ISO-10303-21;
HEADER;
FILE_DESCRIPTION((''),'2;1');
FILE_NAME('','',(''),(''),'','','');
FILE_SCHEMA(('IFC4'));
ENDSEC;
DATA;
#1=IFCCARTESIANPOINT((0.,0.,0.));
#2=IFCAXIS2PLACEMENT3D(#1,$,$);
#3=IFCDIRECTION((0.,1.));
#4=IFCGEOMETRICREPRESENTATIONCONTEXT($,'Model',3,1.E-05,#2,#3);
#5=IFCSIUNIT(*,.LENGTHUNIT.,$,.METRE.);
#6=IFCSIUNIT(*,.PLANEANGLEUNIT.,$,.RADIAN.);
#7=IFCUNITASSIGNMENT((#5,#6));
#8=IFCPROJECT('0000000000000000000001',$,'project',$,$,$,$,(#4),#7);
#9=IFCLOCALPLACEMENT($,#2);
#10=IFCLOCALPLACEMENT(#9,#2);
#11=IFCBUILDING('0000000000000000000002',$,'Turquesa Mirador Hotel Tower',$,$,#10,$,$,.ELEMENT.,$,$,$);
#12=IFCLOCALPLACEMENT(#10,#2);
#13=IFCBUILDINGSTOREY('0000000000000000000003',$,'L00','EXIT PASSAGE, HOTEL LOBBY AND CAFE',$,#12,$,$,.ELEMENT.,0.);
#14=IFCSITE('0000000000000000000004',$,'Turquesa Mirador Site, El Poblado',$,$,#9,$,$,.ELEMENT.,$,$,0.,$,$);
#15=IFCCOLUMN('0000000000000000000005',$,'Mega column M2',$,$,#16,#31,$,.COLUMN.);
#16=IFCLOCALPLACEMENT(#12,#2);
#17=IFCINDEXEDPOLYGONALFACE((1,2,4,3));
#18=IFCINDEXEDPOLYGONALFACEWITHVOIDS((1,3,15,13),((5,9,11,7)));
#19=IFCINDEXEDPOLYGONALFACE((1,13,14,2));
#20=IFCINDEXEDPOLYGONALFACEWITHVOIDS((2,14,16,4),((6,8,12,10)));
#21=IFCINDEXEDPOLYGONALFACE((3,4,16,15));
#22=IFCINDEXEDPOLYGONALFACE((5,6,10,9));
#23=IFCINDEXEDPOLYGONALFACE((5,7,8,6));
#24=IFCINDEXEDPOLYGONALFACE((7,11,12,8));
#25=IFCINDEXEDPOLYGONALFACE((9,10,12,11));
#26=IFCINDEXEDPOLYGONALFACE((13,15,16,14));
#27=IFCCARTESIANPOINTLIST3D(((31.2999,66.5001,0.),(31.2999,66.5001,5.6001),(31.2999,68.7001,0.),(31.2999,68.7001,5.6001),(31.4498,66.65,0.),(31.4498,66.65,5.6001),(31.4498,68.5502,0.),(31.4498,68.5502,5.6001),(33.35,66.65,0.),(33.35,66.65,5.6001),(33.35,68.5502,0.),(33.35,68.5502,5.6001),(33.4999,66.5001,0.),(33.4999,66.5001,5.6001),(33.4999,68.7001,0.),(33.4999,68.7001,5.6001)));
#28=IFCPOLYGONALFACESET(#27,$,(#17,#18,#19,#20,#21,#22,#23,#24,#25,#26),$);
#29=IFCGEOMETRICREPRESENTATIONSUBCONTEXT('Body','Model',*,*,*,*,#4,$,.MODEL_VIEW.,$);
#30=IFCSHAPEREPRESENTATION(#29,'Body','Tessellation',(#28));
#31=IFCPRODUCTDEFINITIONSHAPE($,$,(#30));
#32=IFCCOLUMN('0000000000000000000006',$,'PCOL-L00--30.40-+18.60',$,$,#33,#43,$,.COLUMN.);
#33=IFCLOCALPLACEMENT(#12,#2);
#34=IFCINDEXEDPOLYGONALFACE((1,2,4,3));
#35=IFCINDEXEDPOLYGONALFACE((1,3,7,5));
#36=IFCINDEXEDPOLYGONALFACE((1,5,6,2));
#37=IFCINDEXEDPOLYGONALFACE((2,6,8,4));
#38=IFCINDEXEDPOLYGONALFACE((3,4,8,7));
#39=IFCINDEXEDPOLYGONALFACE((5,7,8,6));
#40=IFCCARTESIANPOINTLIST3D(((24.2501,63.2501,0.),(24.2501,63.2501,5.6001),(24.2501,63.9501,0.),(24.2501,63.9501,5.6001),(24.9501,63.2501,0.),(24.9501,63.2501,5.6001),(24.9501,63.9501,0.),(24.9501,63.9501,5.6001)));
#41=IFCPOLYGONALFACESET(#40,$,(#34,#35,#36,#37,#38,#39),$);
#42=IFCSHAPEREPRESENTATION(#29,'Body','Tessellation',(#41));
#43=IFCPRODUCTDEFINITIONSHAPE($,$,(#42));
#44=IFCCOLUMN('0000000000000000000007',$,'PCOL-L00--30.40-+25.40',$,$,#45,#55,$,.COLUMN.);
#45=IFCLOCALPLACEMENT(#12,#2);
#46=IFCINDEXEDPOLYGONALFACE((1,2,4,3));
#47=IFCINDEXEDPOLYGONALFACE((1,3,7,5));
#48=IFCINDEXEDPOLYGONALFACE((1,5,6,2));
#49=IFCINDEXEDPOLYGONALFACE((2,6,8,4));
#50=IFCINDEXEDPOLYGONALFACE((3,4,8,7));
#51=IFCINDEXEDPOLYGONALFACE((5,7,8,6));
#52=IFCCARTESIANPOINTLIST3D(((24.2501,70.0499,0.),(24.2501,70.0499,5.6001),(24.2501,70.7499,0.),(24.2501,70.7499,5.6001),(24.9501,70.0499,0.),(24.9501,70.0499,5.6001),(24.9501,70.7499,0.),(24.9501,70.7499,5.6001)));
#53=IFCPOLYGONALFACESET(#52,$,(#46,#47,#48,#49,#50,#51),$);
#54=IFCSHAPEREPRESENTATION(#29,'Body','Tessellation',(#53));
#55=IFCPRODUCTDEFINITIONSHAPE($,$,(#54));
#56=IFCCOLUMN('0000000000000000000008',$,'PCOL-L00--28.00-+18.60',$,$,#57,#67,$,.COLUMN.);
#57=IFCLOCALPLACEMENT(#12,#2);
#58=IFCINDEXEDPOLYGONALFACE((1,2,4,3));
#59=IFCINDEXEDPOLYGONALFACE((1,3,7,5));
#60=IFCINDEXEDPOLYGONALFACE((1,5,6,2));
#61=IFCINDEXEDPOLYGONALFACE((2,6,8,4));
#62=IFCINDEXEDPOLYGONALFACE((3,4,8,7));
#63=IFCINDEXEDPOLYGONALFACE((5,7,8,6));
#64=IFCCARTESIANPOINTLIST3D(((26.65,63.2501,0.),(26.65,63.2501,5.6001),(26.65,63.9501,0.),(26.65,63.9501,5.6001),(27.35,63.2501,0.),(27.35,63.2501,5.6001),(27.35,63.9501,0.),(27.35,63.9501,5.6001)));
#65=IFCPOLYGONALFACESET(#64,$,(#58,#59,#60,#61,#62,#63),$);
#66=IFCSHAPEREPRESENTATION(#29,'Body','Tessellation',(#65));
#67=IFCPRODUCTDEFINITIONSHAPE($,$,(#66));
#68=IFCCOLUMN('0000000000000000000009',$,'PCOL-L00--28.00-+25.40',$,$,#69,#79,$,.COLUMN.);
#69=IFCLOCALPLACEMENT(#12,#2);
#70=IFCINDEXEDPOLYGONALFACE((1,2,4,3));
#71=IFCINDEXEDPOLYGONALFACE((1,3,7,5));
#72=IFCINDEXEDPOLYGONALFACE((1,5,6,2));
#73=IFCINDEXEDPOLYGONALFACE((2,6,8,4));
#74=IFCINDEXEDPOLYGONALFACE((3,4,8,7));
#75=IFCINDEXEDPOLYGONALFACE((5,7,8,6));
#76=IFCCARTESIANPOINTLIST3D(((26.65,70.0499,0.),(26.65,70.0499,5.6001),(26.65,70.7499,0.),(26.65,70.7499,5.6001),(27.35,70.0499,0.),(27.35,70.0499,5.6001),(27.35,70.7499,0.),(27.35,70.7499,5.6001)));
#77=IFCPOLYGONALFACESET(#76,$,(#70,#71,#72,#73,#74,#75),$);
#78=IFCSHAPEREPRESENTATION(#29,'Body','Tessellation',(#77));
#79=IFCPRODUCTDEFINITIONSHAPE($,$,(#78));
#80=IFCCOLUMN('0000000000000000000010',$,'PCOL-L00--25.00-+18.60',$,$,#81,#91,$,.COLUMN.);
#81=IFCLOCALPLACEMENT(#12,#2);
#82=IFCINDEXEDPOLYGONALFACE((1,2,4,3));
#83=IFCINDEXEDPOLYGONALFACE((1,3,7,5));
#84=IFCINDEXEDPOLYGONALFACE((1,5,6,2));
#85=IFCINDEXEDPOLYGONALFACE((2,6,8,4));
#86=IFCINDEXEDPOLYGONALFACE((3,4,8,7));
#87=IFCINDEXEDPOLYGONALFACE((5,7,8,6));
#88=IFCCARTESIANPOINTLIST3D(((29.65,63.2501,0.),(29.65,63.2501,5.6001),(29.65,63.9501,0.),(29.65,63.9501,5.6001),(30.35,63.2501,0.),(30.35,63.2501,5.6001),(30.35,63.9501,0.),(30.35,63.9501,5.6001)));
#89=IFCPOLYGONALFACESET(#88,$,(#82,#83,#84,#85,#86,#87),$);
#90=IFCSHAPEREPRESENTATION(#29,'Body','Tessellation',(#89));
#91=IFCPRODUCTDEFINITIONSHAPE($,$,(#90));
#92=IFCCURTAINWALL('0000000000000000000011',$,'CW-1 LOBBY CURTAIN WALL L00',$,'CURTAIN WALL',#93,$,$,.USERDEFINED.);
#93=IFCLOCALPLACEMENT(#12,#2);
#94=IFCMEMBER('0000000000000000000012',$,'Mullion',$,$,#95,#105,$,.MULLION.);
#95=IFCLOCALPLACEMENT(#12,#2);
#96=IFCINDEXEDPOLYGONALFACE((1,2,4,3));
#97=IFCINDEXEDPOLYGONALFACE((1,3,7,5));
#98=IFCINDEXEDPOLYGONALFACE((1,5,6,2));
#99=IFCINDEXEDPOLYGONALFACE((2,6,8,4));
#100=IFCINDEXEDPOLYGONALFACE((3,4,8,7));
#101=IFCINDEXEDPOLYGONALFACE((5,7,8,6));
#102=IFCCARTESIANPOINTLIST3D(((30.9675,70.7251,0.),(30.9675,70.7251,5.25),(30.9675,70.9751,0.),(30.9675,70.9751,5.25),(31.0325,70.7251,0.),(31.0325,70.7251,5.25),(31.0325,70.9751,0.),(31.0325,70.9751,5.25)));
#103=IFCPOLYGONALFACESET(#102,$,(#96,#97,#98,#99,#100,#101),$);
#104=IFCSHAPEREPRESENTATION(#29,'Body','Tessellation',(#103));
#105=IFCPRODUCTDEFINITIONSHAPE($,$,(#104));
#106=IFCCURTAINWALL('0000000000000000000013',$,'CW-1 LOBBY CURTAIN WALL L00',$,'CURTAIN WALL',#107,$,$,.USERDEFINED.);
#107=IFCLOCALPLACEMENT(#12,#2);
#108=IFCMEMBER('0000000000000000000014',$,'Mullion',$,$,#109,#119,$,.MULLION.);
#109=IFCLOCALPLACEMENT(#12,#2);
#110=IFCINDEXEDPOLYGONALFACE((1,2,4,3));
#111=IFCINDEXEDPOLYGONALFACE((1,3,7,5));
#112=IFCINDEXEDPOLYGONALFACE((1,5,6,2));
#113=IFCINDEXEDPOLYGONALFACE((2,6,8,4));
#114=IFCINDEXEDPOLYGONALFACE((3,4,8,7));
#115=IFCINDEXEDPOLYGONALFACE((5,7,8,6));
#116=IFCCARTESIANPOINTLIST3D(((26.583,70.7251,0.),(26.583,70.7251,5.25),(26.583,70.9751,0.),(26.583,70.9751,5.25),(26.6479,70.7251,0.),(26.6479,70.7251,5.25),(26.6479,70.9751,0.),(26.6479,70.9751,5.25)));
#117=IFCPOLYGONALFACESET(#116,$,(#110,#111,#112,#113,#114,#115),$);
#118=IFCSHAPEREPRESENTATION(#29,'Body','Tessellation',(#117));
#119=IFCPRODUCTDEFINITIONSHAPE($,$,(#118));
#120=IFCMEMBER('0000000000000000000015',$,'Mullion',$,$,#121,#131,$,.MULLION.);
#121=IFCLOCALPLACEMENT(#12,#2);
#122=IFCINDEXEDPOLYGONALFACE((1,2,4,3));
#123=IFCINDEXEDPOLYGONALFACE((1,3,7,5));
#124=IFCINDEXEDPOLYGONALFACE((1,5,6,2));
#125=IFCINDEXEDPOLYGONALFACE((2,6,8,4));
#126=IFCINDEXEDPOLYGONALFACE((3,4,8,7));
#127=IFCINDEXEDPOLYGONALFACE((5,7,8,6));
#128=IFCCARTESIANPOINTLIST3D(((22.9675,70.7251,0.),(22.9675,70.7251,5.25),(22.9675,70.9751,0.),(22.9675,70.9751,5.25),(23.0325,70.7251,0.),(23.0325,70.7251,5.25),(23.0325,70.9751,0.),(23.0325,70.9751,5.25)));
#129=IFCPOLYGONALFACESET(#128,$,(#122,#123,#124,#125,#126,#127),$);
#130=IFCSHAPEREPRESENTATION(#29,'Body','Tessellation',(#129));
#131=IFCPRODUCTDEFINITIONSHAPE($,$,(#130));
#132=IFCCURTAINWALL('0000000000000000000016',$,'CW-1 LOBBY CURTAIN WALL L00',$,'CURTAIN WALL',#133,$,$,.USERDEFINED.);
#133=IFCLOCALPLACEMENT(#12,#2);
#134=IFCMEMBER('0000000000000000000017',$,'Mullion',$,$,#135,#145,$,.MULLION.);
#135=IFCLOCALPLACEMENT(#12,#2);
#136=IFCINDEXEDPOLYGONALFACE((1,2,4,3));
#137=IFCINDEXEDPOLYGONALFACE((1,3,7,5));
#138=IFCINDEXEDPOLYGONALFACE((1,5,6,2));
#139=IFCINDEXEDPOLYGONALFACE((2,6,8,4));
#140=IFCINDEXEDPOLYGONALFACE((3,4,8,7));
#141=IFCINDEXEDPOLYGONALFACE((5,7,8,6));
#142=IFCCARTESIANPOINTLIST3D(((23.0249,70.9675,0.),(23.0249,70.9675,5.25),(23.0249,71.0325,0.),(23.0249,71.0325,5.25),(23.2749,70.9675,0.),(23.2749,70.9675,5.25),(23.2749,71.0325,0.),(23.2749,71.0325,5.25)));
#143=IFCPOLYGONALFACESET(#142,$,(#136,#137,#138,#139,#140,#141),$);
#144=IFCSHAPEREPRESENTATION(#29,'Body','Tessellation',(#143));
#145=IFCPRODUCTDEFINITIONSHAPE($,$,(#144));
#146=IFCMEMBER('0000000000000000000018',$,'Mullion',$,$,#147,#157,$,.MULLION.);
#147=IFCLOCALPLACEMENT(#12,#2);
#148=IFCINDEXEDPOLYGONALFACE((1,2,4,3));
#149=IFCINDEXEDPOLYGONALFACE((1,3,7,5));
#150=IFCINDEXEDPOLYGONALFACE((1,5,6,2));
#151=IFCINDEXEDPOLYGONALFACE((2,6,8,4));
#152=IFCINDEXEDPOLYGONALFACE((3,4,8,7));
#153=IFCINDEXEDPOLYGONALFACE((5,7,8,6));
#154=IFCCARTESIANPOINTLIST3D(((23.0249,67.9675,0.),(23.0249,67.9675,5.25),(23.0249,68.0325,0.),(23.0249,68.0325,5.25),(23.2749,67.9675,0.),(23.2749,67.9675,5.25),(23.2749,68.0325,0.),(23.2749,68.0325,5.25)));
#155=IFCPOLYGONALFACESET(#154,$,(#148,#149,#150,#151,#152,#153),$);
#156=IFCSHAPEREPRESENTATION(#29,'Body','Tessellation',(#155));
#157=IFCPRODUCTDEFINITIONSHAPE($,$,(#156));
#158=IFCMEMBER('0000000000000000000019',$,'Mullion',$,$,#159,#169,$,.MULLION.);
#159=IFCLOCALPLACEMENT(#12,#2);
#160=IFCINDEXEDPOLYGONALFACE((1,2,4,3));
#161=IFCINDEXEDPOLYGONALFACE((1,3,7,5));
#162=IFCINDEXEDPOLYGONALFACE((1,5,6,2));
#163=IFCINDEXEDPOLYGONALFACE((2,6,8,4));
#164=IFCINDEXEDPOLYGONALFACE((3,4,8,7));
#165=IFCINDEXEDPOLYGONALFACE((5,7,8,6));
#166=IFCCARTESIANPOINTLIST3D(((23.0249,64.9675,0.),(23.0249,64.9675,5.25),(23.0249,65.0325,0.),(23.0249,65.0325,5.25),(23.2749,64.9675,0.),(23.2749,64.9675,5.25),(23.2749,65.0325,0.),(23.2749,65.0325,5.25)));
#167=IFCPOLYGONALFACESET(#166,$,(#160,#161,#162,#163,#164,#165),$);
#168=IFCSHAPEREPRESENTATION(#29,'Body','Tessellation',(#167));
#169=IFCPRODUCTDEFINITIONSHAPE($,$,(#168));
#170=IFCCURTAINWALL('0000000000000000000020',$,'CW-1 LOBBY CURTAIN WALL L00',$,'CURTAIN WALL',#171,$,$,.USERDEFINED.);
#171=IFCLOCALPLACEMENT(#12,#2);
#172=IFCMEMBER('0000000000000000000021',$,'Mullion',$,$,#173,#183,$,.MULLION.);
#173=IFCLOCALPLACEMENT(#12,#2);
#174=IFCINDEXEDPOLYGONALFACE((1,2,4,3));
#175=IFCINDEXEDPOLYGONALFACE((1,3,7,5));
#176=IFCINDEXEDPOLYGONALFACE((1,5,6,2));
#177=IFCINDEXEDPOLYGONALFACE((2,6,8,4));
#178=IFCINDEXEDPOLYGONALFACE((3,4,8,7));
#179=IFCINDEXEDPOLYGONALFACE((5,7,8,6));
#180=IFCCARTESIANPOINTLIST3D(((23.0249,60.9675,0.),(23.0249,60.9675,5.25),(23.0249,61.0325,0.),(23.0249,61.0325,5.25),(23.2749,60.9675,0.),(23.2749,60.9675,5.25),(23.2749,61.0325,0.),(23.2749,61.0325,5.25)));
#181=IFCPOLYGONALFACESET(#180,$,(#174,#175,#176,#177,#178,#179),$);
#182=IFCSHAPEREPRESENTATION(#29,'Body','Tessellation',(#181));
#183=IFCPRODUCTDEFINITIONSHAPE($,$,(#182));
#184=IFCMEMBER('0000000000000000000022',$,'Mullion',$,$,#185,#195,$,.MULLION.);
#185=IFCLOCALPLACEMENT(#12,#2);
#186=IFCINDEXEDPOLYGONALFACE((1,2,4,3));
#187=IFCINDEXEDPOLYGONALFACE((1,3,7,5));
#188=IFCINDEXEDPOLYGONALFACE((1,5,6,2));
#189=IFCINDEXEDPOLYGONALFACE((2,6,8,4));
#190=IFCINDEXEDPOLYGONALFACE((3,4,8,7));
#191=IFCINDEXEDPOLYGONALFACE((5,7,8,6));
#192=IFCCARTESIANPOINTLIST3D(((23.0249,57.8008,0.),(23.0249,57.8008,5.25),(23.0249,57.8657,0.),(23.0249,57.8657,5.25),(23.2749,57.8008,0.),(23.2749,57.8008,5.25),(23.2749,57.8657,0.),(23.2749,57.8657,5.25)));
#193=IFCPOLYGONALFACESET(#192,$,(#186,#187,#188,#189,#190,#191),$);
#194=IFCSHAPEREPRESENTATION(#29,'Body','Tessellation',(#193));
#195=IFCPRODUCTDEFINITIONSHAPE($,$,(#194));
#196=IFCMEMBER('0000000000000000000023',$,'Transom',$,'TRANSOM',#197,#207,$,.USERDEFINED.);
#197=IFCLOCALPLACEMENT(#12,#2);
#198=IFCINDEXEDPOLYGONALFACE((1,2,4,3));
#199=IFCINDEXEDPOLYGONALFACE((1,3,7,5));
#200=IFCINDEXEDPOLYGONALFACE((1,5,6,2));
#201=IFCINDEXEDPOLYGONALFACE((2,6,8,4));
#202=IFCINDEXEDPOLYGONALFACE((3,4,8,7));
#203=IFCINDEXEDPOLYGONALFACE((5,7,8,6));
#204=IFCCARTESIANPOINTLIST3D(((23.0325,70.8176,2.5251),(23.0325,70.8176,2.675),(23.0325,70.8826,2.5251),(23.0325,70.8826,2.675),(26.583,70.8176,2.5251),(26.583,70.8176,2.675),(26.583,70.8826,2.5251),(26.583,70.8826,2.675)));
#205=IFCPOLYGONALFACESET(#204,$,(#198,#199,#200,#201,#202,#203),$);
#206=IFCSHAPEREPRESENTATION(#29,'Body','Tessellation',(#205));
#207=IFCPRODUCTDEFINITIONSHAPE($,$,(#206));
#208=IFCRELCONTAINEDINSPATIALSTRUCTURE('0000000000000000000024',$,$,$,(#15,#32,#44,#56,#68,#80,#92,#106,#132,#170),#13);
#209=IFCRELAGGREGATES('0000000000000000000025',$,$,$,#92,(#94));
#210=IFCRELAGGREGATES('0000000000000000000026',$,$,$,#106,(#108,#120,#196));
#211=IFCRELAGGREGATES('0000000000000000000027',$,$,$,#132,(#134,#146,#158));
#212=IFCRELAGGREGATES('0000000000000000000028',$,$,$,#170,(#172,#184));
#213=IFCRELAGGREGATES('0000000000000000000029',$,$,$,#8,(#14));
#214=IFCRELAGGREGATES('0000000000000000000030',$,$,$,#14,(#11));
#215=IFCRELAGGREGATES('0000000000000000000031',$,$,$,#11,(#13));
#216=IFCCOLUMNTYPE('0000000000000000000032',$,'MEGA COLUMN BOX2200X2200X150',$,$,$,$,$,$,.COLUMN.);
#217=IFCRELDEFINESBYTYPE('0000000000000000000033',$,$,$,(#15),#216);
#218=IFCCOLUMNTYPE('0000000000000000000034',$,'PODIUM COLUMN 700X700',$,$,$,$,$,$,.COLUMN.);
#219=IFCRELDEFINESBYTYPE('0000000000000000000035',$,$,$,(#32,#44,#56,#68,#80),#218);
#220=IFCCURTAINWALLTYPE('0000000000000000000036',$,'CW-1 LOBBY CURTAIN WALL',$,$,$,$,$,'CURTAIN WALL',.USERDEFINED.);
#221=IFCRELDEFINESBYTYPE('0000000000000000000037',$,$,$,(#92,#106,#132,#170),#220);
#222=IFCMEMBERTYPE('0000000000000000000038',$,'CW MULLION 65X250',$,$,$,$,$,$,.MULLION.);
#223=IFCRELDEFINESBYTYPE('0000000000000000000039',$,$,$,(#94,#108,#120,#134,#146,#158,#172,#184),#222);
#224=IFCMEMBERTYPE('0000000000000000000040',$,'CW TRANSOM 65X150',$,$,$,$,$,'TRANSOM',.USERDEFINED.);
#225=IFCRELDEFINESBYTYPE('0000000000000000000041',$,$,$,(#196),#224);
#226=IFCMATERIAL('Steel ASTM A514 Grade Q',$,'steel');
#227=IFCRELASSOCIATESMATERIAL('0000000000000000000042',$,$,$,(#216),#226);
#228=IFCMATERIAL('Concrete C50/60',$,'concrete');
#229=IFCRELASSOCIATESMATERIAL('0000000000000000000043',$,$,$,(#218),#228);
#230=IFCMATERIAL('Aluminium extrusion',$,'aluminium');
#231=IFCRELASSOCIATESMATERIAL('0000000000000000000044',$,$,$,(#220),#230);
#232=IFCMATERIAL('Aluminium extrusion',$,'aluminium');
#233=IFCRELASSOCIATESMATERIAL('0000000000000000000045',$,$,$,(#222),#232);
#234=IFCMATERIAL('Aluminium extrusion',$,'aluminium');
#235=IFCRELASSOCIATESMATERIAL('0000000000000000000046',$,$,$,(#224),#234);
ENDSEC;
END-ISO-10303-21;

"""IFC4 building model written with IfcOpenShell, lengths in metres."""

from ifc_helpers import new_model, si_unit, direction, frame, origin, origin_2d, place, context, subcontext, project, spatial, rectangle, hollow_rectangle, extrude, material, material_profile, profile_set, type_object, element, aggregate, save


model = new_model("IFC4")

# Units and contexts
model_context = context("Model", 3, precision=1e-05, world=origin(), true_north=direction((0.0, 1.0)))
body_context = subcontext(model_context, "Body", "Model", "MODEL_VIEW")
ifc_project = project(units=[si_unit("LENGTHUNIT", "METRE"), si_unit("PLANEANGLEUNIT", "RADIAN")], contexts=[model_context])

# Site, building, storey
site_placement = place(None, origin())
site = spatial("IfcSite", under=ifc_project, at=site_placement, Name="Turquesa Mirador Site, El Poblado", CompositionType="ELEMENT", RefElevation=0.0)
building_placement = place(site_placement, origin())
building = spatial("IfcBuilding", under=site, at=building_placement, Name="Turquesa Mirador Hotel Tower", CompositionType="ELEMENT")
storey_placement = place(building_placement, origin())
storey = spatial("IfcBuildingStorey", under=building, at=storey_placement, Name="L00", Description="EXIT PASSAGE, HOTEL LOBBY AND CAFE", CompositionType="ELEMENT", Elevation=0.0)

# Columns
ifc_material_1 = material(Name="Steel ASTM A514 Grade Q", Category="steel")
ifc_material_profile_1 = material_profile(ifc_material_1, hollow_rectangle(XDim=2.2, YDim=2.2, WallThickness=0.1499, at=origin_2d()), Name="BOX2200X2200X150")
ifc_profile_set_1 = profile_set([ifc_material_profile_1], Name="Steel ASTM A514 Grade Q")
column_type_1 = type_object("IfcColumnType", Name="MEGA COLUMN BOX2200X2200X150", PredefinedType="COLUMN", material=ifc_profile_set_1)
column_placement = place(storey_placement, frame((32.3999, 67.6001, 0.0), z_axis=(0.0, 0.0, 1.0), x_axis=(1.0, 0.0, 0.0)))
element("IfcColumn", 1, at=column_placement, inside=storey, type_object=column_type_1, Name="Mega column M2", PredefinedType="COLUMN", context=body_context, shape_type="SweptSolid", body=[
    extrude(hollow_rectangle(XDim=2.2, YDim=2.2, WallThickness=0.1499, at=origin_2d()), origin(), (0.0, 0.0, 1.0), 5.6001),
])
ifc_material_2 = material(Name="Concrete C50/60", Category="concrete")
ifc_material_profile_2 = material_profile(ifc_material_2, rectangle(XDim=0.7, YDim=0.7, at=origin_2d()), Name="RC 700X700")
ifc_profile_set_2 = profile_set([ifc_material_profile_2], Name="Concrete C50/60")
column_type_2 = type_object("IfcColumnType", Name="PODIUM COLUMN 700X700", PredefinedType="COLUMN", material=ifc_profile_set_2)
for number, where, z_axis, x_axis, name in (
    (2, (24.6001, 63.6001, 0.0), (0.0, 0.0, 1.0), (1.0, 0.0, 0.0), "PCOL-L00--30.40-+18.60"),
    (3, (24.6001, 70.3999, 0.0), (0.0, 0.0, 1.0), (1.0, 0.0, 0.0), "PCOL-L00--30.40-+25.40"),
    (4, (27.0, 63.6001, 0.0), (0.0, 0.0, 1.0), (1.0, 0.0, 0.0), "PCOL-L00--28.00-+18.60"),
    (5, (27.0, 70.3999, 0.0), (0.0, 0.0, 1.0), (1.0, 0.0, 0.0), "PCOL-L00--28.00-+25.40"),
    (6, (30.0, 63.6001, 0.0), (0.0, 0.0, 1.0), (1.0, 0.0, 0.0), "PCOL-L00--25.00-+18.60"),
):
    element("IfcColumn", number, at=place(storey_placement, frame(where, z_axis=z_axis, x_axis=x_axis)), inside=storey, type_object=column_type_2, Name=name, PredefinedType="COLUMN", context=body_context, shape_type="SweptSolid", body=[
        extrude(rectangle(XDim=0.7, YDim=0.7, at=origin_2d()), origin(), (0.0, 0.0, 1.0), 5.6001),
    ])

# Curtain wall, member
ifc_material_3 = material(Name="Aluminium extrusion", Category="aluminium")
curtain_wall_type = type_object("IfcCurtainWallType", Name="CW-1 LOBBY CURTAIN WALL", ElementType="CURTAIN WALL", PredefinedType="USERDEFINED", material=ifc_material_3)
curtain_wall_1_placement = place(storey_placement, origin())
curtain_wall_1 = element("IfcCurtainWall", 7, at=curtain_wall_1_placement, inside=storey, type_object=curtain_wall_type, Name="CW-1 LOBBY CURTAIN WALL L00", ObjectType="CURTAIN WALL", PredefinedType="USERDEFINED")
ifc_material_4 = material(Name="Aluminium extrusion", Category="aluminium")
ifc_material_profile_3 = material_profile(ifc_material_4, rectangle(XDim=0.0649, YDim=0.25, at=origin_2d()), Name="MULLION 65X250")
ifc_profile_set_3 = profile_set([ifc_material_profile_3], Name="Aluminium extrusion")
member_type_1 = type_object("IfcMemberType", Name="CW MULLION 65X250", PredefinedType="MULLION", material=ifc_profile_set_3)
member_1_placement = place(storey_placement, frame((31.0, 70.8501, 0.0), z_axis=(0.0, 0.0, 1.0), x_axis=(-1.0, 0.0, 0.0)))
member_1 = element("IfcMember", 8, at=member_1_placement, type_object=member_type_1, Name="Mullion", PredefinedType="MULLION", context=body_context, shape_type="SweptSolid", body=[
    extrude(rectangle(XDim=0.0649, YDim=0.25, at=origin_2d()), origin(), (0.0, 0.0, 1.0), 5.25),
])
aggregate(curtain_wall_1, [member_1])

# Curtain walls, members
curtain_wall_2_placement = place(storey_placement, origin())
curtain_wall_2 = element("IfcCurtainWall", 9, at=curtain_wall_2_placement, inside=storey, type_object=curtain_wall_type, Name="CW-1 LOBBY CURTAIN WALL L00", ObjectType="CURTAIN WALL", PredefinedType="USERDEFINED")
member_2_placement = place(storey_placement, frame((26.6155, 70.8501, 0.0), z_axis=(0.0, 0.0, 1.0), x_axis=(-1.0, 0.0, 0.0)))
member_2 = element("IfcMember", 10, at=member_2_placement, type_object=member_type_1, Name="Mullion", PredefinedType="MULLION", context=body_context, shape_type="SweptSolid", body=[
    extrude(rectangle(XDim=0.0649, YDim=0.25, at=origin_2d()), origin(), (0.0, 0.0, 1.0), 5.25),
])
member_3_placement = place(storey_placement, frame((23.0, 70.8501, 0.0), z_axis=(0.0, 0.0, 1.0), x_axis=(-1.0, 0.0, 0.0)))
member_3 = element("IfcMember", 11, at=member_3_placement, type_object=member_type_1, Name="Mullion", PredefinedType="MULLION", context=body_context, shape_type="SweptSolid", body=[
    extrude(rectangle(XDim=0.0649, YDim=0.25, at=origin_2d()), origin(), (0.0, 0.0, 1.0), 5.25),
])
curtain_wall_3_placement = place(storey_placement, origin())
curtain_wall_3 = element("IfcCurtainWall", 12, at=curtain_wall_3_placement, inside=storey, type_object=curtain_wall_type, Name="CW-1 LOBBY CURTAIN WALL L00", ObjectType="CURTAIN WALL", PredefinedType="USERDEFINED")
member_4_placement = place(storey_placement, frame((23.1499, 71.0, 0.0), z_axis=(0.0, 0.0, 1.0), x_axis=(0.0, -1.0, 0.0)))
member_4 = element("IfcMember", 13, at=member_4_placement, type_object=member_type_1, Name="Mullion", PredefinedType="MULLION", context=body_context, shape_type="SweptSolid", body=[
    extrude(rectangle(XDim=0.0649, YDim=0.25, at=origin_2d()), origin(), (0.0, 0.0, 1.0), 5.25),
])
member_5_placement = place(storey_placement, frame((23.1499, 68.0, 0.0), z_axis=(0.0, 0.0, 1.0), x_axis=(0.0, -1.0, 0.0)))
member_5 = element("IfcMember", 14, at=member_5_placement, type_object=member_type_1, Name="Mullion", PredefinedType="MULLION", context=body_context, shape_type="SweptSolid", body=[
    extrude(rectangle(XDim=0.0649, YDim=0.25, at=origin_2d()), origin(), (0.0, 0.0, 1.0), 5.25),
])
member_6_placement = place(storey_placement, frame((23.1499, 65.0, 0.0), z_axis=(0.0, 0.0, 1.0), x_axis=(0.0, -1.0, 0.0)))
member_6 = element("IfcMember", 15, at=member_6_placement, type_object=member_type_1, Name="Mullion", PredefinedType="MULLION", context=body_context, shape_type="SweptSolid", body=[
    extrude(rectangle(XDim=0.0649, YDim=0.25, at=origin_2d()), origin(), (0.0, 0.0, 1.0), 5.25),
])
curtain_wall_4_placement = place(storey_placement, origin())
curtain_wall_4 = element("IfcCurtainWall", 16, at=curtain_wall_4_placement, inside=storey, type_object=curtain_wall_type, Name="CW-1 LOBBY CURTAIN WALL L00", ObjectType="CURTAIN WALL", PredefinedType="USERDEFINED")
member_7_placement = place(storey_placement, frame((23.1499, 61.0, 0.0), z_axis=(0.0, 0.0, 1.0), x_axis=(0.0, -1.0, 0.0)))
member_7 = element("IfcMember", 17, at=member_7_placement, type_object=member_type_1, Name="Mullion", PredefinedType="MULLION", context=body_context, shape_type="SweptSolid", body=[
    extrude(rectangle(XDim=0.0649, YDim=0.25, at=origin_2d()), origin(), (0.0, 0.0, 1.0), 5.25),
])
member_8_placement = place(storey_placement, frame((23.1499, 57.8333, 0.0), z_axis=(0.0, 0.0, 1.0), x_axis=(0.0, -1.0, 0.0)))
member_8 = element("IfcMember", 18, at=member_8_placement, type_object=member_type_1, Name="Mullion", PredefinedType="MULLION", context=body_context, shape_type="SweptSolid", body=[
    extrude(rectangle(XDim=0.0649, YDim=0.25, at=origin_2d()), origin(), (0.0, 0.0, 1.0), 5.25),
])

# Member
ifc_material_5 = material(Name="Aluminium extrusion", Category="aluminium")
ifc_material_profile_4 = material_profile(ifc_material_5, rectangle(XDim=0.0649, YDim=0.1499, at=origin_2d()), Name="TRANSOM 65X150")
ifc_profile_set_4 = profile_set([ifc_material_profile_4], Name="Aluminium extrusion")
member_type_2 = type_object("IfcMemberType", Name="CW TRANSOM 65X150", ElementType="TRANSOM", PredefinedType="USERDEFINED", material=ifc_profile_set_4)
member_9_placement = place(storey_placement, frame((26.583, 70.8501, 2.6001), z_axis=(-1.0, 0.0, 0.0), x_axis=(0.0, -1.0, 0.0)))
member_9 = element("IfcMember", 19, at=member_9_placement, type_object=member_type_2, Name="Transom", ObjectType="TRANSOM", PredefinedType="USERDEFINED", context=body_context, shape_type="SweptSolid", body=[
    extrude(rectangle(XDim=0.0649, YDim=0.1499, at=origin_2d()), origin(), (0.0, 0.0, 1.0), 3.5505),
])

aggregate(curtain_wall_2, [member_2, member_3, member_9])
aggregate(curtain_wall_3, [member_4, member_5, member_6])
aggregate(curtain_wall_4, [member_7, member_8])

save(model, "model.ifc")
